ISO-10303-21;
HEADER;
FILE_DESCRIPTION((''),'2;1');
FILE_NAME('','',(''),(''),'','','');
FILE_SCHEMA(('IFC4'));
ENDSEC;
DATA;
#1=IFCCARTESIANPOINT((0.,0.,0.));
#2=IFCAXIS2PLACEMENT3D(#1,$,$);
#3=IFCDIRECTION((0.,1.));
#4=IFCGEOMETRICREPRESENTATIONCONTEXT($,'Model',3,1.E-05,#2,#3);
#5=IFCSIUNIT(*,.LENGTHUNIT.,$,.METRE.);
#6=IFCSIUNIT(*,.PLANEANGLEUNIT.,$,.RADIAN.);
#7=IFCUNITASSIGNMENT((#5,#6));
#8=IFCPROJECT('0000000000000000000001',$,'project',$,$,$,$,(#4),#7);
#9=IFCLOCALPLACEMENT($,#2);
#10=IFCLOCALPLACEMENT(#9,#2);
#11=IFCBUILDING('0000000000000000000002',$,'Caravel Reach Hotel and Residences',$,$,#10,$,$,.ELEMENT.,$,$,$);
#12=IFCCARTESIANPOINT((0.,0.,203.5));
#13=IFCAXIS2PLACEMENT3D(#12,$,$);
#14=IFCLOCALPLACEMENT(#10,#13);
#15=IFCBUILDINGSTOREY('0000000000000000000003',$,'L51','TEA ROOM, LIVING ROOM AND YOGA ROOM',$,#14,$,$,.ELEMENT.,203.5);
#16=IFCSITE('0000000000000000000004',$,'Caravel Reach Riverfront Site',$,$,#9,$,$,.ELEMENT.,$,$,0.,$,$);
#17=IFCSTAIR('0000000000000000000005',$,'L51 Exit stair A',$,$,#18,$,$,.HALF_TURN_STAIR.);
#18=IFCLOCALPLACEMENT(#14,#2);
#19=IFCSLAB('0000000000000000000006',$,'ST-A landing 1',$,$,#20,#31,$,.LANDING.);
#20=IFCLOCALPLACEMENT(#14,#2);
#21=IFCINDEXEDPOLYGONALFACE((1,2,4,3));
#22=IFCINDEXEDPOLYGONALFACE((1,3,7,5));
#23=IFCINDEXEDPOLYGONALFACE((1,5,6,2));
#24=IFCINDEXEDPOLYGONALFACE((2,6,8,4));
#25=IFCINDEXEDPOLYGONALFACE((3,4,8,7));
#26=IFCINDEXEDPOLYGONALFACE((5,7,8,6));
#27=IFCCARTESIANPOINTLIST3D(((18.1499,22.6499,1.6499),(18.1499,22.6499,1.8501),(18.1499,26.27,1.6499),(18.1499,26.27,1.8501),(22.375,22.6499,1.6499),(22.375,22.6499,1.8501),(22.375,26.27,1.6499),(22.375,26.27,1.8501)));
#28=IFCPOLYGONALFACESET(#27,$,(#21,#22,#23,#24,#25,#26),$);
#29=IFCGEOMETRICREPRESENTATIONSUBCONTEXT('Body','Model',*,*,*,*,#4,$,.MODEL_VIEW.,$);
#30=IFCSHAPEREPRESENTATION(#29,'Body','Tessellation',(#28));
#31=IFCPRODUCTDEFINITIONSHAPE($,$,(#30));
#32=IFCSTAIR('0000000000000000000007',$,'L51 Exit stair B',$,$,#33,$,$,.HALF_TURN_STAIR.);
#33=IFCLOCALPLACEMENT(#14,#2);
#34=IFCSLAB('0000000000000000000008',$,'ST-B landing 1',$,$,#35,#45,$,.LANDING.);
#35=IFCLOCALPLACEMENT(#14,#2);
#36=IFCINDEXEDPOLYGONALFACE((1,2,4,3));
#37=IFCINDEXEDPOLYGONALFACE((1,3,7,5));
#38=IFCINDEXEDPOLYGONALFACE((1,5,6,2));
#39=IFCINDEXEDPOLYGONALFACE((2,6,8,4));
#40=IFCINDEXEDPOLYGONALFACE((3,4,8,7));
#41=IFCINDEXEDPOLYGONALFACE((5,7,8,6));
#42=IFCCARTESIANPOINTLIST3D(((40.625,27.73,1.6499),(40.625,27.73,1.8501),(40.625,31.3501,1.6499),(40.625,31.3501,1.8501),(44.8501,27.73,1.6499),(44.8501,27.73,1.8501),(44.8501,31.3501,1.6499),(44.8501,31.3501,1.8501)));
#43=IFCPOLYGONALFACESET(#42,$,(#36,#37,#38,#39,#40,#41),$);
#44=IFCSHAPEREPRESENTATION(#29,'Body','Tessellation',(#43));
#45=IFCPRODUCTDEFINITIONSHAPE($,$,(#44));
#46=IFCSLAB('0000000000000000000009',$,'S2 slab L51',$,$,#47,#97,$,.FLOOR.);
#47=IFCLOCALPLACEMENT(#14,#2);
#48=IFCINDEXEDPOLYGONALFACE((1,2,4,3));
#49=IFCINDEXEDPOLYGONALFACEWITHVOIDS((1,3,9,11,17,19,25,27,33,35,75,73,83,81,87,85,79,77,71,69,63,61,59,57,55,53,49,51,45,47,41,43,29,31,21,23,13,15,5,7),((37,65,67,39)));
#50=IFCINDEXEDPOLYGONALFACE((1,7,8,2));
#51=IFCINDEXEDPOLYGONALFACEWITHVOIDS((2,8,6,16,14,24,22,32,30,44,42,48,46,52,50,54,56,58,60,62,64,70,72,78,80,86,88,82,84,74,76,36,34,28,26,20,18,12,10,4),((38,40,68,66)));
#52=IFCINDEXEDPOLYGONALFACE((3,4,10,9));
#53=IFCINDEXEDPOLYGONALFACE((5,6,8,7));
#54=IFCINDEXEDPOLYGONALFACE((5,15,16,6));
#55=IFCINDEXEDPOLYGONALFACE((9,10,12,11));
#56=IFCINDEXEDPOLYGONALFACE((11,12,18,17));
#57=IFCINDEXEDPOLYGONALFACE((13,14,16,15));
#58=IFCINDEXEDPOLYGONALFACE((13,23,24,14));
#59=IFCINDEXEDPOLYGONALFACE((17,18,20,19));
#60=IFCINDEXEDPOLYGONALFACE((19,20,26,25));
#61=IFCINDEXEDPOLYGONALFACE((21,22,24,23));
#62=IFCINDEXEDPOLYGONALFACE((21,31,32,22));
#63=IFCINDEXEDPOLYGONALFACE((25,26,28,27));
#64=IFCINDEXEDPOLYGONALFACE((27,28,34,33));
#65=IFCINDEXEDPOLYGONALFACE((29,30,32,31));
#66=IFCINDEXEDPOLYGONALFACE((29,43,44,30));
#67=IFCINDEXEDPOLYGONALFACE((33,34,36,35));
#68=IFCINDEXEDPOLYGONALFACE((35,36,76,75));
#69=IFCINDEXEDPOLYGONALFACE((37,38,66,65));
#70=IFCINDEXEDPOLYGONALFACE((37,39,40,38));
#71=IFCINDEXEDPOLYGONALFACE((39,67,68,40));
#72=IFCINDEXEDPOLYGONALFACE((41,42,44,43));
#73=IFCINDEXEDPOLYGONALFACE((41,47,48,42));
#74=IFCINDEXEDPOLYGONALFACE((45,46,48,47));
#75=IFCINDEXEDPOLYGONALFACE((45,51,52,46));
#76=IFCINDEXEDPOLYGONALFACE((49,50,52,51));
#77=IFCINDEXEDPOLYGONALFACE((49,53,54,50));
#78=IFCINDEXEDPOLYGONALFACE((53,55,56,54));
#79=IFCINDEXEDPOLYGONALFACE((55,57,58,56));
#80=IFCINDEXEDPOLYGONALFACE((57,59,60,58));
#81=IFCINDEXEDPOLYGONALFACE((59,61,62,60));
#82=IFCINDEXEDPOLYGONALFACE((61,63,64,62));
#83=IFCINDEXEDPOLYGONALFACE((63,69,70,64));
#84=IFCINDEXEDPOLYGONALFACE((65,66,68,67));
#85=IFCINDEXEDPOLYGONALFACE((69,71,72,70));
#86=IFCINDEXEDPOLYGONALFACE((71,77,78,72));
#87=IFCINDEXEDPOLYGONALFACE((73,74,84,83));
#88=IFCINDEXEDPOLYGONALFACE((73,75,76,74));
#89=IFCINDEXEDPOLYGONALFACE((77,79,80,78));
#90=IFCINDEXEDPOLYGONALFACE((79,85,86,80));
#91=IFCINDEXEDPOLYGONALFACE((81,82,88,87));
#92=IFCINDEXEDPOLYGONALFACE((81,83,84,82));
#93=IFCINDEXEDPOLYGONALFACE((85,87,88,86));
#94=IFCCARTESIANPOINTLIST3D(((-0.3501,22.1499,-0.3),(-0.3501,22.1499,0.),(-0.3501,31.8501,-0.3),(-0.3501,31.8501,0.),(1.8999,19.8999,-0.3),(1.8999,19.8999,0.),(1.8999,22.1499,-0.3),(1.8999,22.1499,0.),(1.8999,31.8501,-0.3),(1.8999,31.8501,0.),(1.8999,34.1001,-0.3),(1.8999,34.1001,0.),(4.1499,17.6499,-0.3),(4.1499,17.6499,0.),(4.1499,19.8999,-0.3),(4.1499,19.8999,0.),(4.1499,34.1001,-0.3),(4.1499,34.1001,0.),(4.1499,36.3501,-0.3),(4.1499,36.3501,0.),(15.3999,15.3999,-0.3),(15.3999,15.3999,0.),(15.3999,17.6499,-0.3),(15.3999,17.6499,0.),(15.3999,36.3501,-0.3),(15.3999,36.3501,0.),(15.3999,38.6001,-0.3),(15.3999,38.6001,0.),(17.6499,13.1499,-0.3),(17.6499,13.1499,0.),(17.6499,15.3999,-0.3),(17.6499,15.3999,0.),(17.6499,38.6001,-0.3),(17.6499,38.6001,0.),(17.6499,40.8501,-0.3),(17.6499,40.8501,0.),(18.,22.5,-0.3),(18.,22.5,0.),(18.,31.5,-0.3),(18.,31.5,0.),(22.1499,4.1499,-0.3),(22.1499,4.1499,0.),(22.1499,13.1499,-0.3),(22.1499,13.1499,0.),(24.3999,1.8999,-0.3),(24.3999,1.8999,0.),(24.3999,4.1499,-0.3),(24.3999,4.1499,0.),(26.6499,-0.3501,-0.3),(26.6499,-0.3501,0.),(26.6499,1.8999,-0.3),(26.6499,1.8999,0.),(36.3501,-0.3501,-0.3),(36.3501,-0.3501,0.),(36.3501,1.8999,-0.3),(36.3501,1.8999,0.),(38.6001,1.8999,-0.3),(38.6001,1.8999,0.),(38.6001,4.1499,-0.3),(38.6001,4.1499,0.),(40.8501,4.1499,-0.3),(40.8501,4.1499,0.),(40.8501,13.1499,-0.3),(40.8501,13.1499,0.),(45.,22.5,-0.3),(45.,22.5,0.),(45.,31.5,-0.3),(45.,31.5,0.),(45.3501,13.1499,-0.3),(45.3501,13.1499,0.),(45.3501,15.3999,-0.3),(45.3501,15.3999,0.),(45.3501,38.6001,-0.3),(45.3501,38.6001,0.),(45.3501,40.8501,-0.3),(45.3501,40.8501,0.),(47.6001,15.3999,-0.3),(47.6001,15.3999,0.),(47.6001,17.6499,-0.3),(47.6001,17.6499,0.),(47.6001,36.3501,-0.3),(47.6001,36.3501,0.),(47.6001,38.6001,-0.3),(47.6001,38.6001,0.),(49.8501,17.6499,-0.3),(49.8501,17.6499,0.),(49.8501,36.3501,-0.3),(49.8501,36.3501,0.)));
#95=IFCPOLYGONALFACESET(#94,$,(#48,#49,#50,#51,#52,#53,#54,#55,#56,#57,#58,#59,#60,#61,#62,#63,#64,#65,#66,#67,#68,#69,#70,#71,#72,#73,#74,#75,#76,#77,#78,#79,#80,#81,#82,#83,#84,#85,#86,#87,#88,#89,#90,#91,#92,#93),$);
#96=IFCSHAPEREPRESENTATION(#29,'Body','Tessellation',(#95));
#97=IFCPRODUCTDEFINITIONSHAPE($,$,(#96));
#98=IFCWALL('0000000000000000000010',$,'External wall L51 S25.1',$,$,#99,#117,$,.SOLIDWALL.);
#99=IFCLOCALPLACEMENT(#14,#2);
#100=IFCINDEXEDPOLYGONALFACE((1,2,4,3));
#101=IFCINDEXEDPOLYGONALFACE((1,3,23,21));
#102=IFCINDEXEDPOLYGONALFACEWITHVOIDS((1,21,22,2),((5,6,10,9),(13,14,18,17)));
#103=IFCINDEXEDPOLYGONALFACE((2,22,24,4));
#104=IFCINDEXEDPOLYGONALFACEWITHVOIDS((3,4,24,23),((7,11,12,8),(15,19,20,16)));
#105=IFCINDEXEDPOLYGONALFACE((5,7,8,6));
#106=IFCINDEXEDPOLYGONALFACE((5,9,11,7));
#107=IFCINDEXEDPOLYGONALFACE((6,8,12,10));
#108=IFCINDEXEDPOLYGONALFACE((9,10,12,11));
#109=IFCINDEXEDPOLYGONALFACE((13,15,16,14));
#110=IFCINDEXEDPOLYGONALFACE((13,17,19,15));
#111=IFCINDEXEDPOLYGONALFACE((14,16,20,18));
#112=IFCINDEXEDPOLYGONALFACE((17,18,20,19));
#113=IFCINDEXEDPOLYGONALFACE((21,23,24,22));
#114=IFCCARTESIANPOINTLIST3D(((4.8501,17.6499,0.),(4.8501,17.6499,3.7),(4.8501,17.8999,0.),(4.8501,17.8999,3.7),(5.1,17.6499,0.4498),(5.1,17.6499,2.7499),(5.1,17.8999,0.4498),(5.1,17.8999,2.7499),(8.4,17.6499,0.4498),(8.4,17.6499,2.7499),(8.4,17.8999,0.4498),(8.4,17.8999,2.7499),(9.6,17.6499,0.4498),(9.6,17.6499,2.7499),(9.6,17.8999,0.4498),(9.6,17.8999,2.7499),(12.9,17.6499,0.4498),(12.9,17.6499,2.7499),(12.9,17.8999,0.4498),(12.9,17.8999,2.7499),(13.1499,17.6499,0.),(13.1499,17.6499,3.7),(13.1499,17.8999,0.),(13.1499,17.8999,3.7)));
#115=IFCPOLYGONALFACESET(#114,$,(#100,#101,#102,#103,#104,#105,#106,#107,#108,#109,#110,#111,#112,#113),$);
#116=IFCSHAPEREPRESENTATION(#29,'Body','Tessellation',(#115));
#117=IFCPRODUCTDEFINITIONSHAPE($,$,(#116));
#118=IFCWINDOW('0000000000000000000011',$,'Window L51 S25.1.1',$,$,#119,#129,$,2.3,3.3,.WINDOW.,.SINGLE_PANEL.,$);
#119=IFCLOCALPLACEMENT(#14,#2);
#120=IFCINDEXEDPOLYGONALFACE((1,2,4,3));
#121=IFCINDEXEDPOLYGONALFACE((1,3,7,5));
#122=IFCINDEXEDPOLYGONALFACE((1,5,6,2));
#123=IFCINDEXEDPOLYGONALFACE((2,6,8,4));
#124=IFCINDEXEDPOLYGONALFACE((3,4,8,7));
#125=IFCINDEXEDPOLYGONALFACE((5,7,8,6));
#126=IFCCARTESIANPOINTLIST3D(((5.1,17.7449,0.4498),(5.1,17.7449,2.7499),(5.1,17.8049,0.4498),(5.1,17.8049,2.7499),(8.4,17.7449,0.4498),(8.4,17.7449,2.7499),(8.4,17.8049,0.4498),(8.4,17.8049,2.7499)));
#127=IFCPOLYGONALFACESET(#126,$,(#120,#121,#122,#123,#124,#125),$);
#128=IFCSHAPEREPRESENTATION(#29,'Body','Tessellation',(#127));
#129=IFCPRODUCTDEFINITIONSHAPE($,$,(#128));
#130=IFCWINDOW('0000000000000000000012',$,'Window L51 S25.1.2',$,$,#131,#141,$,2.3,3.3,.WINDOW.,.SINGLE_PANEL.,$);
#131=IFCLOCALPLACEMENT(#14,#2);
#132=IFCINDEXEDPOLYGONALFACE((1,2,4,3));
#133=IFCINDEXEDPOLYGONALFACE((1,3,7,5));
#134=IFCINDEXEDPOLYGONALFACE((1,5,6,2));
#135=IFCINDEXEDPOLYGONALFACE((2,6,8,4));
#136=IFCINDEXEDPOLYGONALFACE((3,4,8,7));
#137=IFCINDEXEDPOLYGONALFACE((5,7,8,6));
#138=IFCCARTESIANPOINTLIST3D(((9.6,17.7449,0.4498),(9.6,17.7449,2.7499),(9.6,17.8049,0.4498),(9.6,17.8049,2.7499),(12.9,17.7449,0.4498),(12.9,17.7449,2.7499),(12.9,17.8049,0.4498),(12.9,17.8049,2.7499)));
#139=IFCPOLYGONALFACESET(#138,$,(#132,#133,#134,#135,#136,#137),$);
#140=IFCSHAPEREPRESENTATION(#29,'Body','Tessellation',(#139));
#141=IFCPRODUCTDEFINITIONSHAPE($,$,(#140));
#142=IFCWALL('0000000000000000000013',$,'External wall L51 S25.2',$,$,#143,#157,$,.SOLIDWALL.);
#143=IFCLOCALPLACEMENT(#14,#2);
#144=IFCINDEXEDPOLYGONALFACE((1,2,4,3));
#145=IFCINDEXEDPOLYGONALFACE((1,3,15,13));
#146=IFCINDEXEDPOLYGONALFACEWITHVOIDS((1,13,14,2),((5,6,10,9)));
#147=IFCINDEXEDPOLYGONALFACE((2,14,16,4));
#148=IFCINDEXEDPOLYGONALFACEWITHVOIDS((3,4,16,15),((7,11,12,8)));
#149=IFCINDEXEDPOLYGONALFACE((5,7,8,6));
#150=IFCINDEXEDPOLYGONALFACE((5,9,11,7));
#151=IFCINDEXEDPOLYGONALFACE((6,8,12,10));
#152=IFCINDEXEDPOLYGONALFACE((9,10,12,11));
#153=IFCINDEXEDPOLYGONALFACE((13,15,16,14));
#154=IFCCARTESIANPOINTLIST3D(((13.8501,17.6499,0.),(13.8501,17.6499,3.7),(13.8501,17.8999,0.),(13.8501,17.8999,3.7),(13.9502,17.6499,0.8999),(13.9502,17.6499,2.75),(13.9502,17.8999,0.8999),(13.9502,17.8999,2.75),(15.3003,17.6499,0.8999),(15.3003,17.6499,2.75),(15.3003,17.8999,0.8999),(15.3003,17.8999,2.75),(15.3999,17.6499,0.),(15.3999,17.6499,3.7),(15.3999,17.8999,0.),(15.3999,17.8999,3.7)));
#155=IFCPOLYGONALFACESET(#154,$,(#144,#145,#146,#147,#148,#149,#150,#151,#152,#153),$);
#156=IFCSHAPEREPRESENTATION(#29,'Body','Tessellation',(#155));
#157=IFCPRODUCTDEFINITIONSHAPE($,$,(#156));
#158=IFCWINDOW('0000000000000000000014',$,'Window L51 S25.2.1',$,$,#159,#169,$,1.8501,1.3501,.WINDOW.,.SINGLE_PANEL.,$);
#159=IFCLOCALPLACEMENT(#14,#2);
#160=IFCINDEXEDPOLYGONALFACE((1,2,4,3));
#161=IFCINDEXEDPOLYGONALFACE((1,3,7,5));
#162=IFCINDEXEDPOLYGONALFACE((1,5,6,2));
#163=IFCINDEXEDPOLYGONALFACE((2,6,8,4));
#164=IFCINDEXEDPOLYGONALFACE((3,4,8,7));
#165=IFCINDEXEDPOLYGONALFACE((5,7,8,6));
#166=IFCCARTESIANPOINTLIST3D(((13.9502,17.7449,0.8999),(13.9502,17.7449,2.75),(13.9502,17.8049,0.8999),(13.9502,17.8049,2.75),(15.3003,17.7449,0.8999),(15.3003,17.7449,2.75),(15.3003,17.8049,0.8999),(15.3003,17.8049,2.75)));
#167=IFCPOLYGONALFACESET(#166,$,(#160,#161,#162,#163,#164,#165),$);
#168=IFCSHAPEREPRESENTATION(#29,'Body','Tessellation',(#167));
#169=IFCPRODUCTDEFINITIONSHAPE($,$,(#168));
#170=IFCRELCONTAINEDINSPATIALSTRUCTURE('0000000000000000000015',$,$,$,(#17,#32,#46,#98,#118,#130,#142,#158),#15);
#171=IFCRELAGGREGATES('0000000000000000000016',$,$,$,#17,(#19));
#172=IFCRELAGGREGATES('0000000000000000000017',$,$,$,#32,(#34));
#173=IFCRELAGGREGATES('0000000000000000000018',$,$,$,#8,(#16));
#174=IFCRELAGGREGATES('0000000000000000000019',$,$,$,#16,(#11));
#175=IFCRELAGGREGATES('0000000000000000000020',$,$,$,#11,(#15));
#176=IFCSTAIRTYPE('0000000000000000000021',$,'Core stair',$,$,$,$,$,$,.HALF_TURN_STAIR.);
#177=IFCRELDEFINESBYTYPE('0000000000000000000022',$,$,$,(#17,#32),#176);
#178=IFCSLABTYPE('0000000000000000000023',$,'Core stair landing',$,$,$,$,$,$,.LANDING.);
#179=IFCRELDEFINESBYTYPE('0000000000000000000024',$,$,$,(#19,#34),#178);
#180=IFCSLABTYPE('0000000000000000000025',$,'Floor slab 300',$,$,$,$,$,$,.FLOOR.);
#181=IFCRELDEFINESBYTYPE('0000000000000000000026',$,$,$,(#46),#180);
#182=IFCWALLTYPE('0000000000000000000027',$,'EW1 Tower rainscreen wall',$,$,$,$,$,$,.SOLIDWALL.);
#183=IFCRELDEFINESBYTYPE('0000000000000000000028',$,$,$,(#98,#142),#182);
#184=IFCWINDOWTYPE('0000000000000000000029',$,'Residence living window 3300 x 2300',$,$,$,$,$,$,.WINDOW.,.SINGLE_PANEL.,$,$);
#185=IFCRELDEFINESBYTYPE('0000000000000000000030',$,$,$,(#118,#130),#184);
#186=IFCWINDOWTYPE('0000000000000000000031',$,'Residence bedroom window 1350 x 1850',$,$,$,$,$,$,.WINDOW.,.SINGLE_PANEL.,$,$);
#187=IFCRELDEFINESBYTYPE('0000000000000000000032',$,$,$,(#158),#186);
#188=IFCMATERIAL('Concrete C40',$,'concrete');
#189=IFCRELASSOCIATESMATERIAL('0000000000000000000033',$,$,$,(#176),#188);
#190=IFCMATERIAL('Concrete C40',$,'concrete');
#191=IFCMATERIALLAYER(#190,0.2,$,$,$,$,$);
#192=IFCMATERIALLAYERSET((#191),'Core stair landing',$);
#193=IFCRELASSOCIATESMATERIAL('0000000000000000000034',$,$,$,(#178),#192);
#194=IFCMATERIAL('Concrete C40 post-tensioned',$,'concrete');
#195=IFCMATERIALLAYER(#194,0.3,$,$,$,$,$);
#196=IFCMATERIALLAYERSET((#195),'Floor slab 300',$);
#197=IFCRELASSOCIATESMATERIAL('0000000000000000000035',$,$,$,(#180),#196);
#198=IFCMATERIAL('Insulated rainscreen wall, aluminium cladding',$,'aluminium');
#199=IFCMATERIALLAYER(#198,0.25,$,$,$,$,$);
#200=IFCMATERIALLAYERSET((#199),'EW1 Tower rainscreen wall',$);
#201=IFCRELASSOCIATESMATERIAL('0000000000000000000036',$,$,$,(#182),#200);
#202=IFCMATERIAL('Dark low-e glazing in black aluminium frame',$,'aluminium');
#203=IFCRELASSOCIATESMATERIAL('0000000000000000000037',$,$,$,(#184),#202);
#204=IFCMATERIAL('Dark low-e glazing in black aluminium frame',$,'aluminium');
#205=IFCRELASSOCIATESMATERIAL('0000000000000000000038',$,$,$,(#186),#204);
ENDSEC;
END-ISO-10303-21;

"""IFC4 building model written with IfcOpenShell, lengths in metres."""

from ifc_helpers import new_model, si_unit, direction, frame, frame_2d, origin, place, context, subcontext, project, spatial, polyline, rectangle, outline, extrude, material, layer, layer_set, type_object, element, fill, aggregate, save


model = new_model("IFC4")

# Units and contexts
model_context = context("Model", 3, precision=1e-05, world=origin(), true_north=direction((0.0, 1.0)))
body_context = subcontext(model_context, "Body", "Model", "MODEL_VIEW")
ifc_project = project(units=[si_unit("LENGTHUNIT", "METRE"), si_unit("PLANEANGLEUNIT", "RADIAN")], contexts=[model_context])

# Site, building, storey
site_placement = place(None, origin())
site = spatial("IfcSite", under=ifc_project, at=site_placement, Name="Caravel Reach Riverfront Site", CompositionType="ELEMENT", RefElevation=0.0)
building_placement = place(site_placement, origin())
building = spatial("IfcBuilding", under=site, at=building_placement, Name="Caravel Reach Hotel and Residences", CompositionType="ELEMENT")
storey_placement = place(building_placement, frame((0.0, 0.0, 203.5)))
storey = spatial("IfcBuildingStorey", under=building, at=storey_placement, Name="L51", Description="TEA ROOM, LIVING ROOM AND YOGA ROOM", CompositionType="ELEMENT", Elevation=203.5)

# Stairs, slabs
ifc_material_1 = material(Name="Concrete C40", Category="concrete")
stair_type = type_object("IfcStairType", Name="Core stair", PredefinedType="HALF_TURN_STAIR", material=ifc_material_1)
stair_1_placement = place(storey_placement, origin())
stair_1 = element("IfcStair", 1, at=stair_1_placement, inside=storey, type_object=stair_type, Name="L51 Exit stair A", PredefinedType="HALF_TURN_STAIR")
ifc_material_2 = material(Name="Concrete C40", Category="concrete")
ifc_layer_1 = layer(ifc_material_2, 0.2)
ifc_layer_set_1 = layer_set([ifc_layer_1], Name="Core stair landing")
slab_type_1 = type_object("IfcSlabType", Name="Core stair landing", PredefinedType="LANDING", material=ifc_layer_set_1)
slab_1_placement = place(storey_placement, frame((0.0, 0.0, 1.6499)))
slab_1 = element("IfcSlab", 2, at=slab_1_placement, type_object=slab_type_1, Name="ST-A landing 1", PredefinedType="LANDING", context=body_context, shape_type="SweptSolid", body=[
    extrude(outline(polyline([(18.1499, 26.27), (18.1499, 22.6499), (22.375, 22.6499), (22.375, 26.27), (18.1499, 26.27)])), origin(), (0.0, 0.0, 1.0), 0.2002),
])
aggregate(stair_1, [slab_1])
stair_2_placement = place(storey_placement, origin())
stair_2 = element("IfcStair", 3, at=stair_2_placement, inside=storey, type_object=stair_type, Name="L51 Exit stair B", PredefinedType="HALF_TURN_STAIR")
slab_2_placement = place(storey_placement, frame((0.0, 0.0, 1.6499)))
slab_2 = element("IfcSlab", 4, at=slab_2_placement, type_object=slab_type_1, Name="ST-B landing 1", PredefinedType="LANDING", context=body_context, shape_type="SweptSolid", body=[
    extrude(outline(polyline([(44.8501, 27.73), (44.8501, 31.3501), (40.625, 31.3501), (40.625, 27.73), (44.8501, 27.73)])), origin(), (0.0, 0.0, 1.0), 0.2002),
])
aggregate(stair_2, [slab_2])

# Slab
ifc_material_3 = material(Name="Concrete C40 post-tensioned", Category="concrete")
ifc_layer_2 = layer(ifc_material_3, 0.3)
ifc_layer_set_2 = layer_set([ifc_layer_2], Name="Floor slab 300")
slab_type_2 = type_object("IfcSlabType", Name="Floor slab 300", PredefinedType="FLOOR", material=ifc_layer_set_2)
slab_3_placement = place(storey_placement, frame((0.0, 0.0, -0.3)))
element("IfcSlab", 5, at=slab_3_placement, inside=storey, type_object=slab_type_2, Name="S2 slab L51", PredefinedType="FLOOR", context=body_context, shape_type="SweptSolid", body=[
    extrude(outline(polyline([(38.6001, 4.1499), (38.6001, 1.8999), (36.3501, 1.8999), (36.3501, -0.3501), (26.6499, -0.3501), (26.6499, 1.8999), (24.3999, 1.8999), (24.3999, 4.1499), (22.1499, 4.1499), (22.1499, 13.1499), (17.6499, 13.1499), (17.6499, 15.3999), (15.3999, 15.3999), (15.3999, 17.6499), (4.1499, 17.6499), (4.1499, 19.8999), (1.8999, 19.8999), (1.8999, 22.1499), (-0.3501, 22.1499), (-0.3501, 31.8501), (1.8999, 31.8501), (1.8999, 34.1001), (4.1499, 34.1001), (4.1499, 36.3501), (15.3999, 36.3501), (15.3999, 38.6001), (17.6499, 38.6001), (17.6499, 40.8501), (45.3501, 40.8501), (45.3501, 38.6001), (47.6001, 38.6001), (47.6001, 36.3501), (49.8501, 36.3501), (49.8501, 17.6499), (47.6001, 17.6499), (47.6001, 15.3999), (45.3501, 15.3999), (45.3501, 13.1499), (40.8501, 13.1499), (40.8501, 4.1499), (38.6001, 4.1499)]), holes=[polyline([(45.0, 31.5), (18.0, 31.5), (18.0, 22.5), (45.0, 22.5), (45.0, 31.5)])]), origin(), (0.0, 0.0, 1.0), 0.3),
])

# Wall, openings, windows
ifc_material_4 = material(Name="Insulated rainscreen wall, aluminium cladding", Category="aluminium")
ifc_layer_3 = layer(ifc_material_4, 0.25)
ifc_layer_set_3 = layer_set([ifc_layer_3], Name="EW1 Tower rainscreen wall")
wall_type_1 = type_object("IfcWallType", Name="EW1 Tower rainscreen wall", PredefinedType="SOLIDWALL", material=ifc_layer_set_3)
wall_1_placement = place(storey_placement, frame((4.8501, 17.7749, 0.0), z_axis=(0.0, 0.0, 1.0), x_axis=(1.0, 0.0, 0.0)))
wall_1 = element("IfcWall", 6, at=wall_1_placement, inside=storey, type_object=wall_type_1, Name="External wall L51 S25.1", PredefinedType="SOLIDWALL", context=body_context, shape_type="SweptSolid", body=[
    extrude(rectangle(XDim=8.2998, YDim=0.25, at=frame_2d((4.1499, 0.0))), origin(), (0.0, 0.0, 1.0), 3.7),
])
opening_1_placement = place(wall_1_placement, frame((0.25, 0.0, 0.45)))
opening_1 = element("IfcOpeningElement", 7, at=opening_1_placement, cuts=wall_1, PredefinedType="OPENING", context=body_context, shape_type="SweptSolid", body=[
    extrude(rectangle(XDim=3.3, YDim=2.3, at=frame_2d((1.6499, 1.1499))), frame((0.0, 0.135, 0.0), z_axis=(0.0, -1.0, 0.0), x_axis=(1.0, 0.0, 0.0)), (0.0, 0.0, 1.0), 0.27),
])
opening_2_placement = place(wall_1_placement, frame((4.75, 0.0, 0.45)))
opening_2 = element("IfcOpeningElement", 8, at=opening_2_placement, cuts=wall_1, PredefinedType="OPENING", context=body_context, shape_type="SweptSolid", body=[
    extrude(rectangle(XDim=3.3, YDim=2.3, at=frame_2d((1.6499, 1.1499))), frame((0.0, 0.135, 0.0), z_axis=(0.0, -1.0, 0.0), x_axis=(1.0, 0.0, 0.0)), (0.0, 0.0, 1.0), 0.27),
])
ifc_material_5 = material(Name="Dark low-e glazing in black aluminium frame", Category="aluminium")
window_type_1 = type_object("IfcWindowType", Name="Residence living window 3300 x 2300", PartitioningType="SINGLE_PANEL", PredefinedType="WINDOW", material=ifc_material_5)
window_1_placement = place(opening_1_placement, origin())
window_1 = element("IfcWindow", 9, at=window_1_placement, inside=storey, type_object=window_type_1, Name="Window L51 S25.1.1", OverallHeight=2.3, OverallWidth=3.3, PartitioningType="SINGLE_PANEL", PredefinedType="WINDOW", context=body_context, shape_type="SweptSolid", body=[
    extrude(rectangle(XDim=3.3, YDim=2.3, at=frame_2d((1.6499, 1.1499))), frame((0.0, 0.03, 0.0), z_axis=(0.0, -1.0, 0.0), x_axis=(1.0, 0.0, 0.0)), (0.0, 0.0, 1.0), 0.0601),
])
fill(opening_1, window_1)
window_2_placement = place(opening_2_placement, origin())
window_2 = element("IfcWindow", 10, at=window_2_placement, inside=storey, type_object=window_type_1, Name="Window L51 S25.1.2", OverallHeight=2.3, OverallWidth=3.3, PartitioningType="SINGLE_PANEL", PredefinedType="WINDOW", context=body_context, shape_type="SweptSolid", body=[
    extrude(rectangle(XDim=3.3, YDim=2.3, at=frame_2d((1.6499, 1.1499))), frame((0.0, 0.03, 0.0), z_axis=(0.0, -1.0, 0.0), x_axis=(1.0, 0.0, 0.0)), (0.0, 0.0, 1.0), 0.0601),
])
fill(opening_2, window_2)

# Wall, opening, window
wall_2_placement = place(storey_placement, frame((13.8501, 17.7749, 0.0), z_axis=(0.0, 0.0, 1.0), x_axis=(1.0, 0.0, 0.0)))
wall_2 = element("IfcWall", 11, at=wall_2_placement, inside=storey, type_object=wall_type_1, Name="External wall L51 S25.2", PredefinedType="SOLIDWALL", context=body_context, shape_type="SweptSolid", body=[
    extrude(rectangle(XDim=1.5498, YDim=0.25, at=frame_2d((0.7749, 0.0))), origin(), (0.0, 0.0, 1.0), 3.7),
])
opening_3_placement = place(wall_2_placement, frame((0.1001, 0.0, 0.8999)))
opening_3 = element("IfcOpeningElement", 12, at=opening_3_placement, cuts=wall_2, PredefinedType="OPENING", context=body_context, shape_type="SweptSolid", body=[
    extrude(rectangle(XDim=1.3501, YDim=1.8501, at=frame_2d((0.675, 0.925))), frame((0.0, 0.135, 0.0), z_axis=(0.0, -1.0, 0.0), x_axis=(1.0, 0.0, 0.0)), (0.0, 0.0, 1.0), 0.27),
])
ifc_material_6 = material(Name="Dark low-e glazing in black aluminium frame", Category="aluminium")
window_type_2 = type_object("IfcWindowType", Name="Residence bedroom window 1350 x 1850", PartitioningType="SINGLE_PANEL", PredefinedType="WINDOW", material=ifc_material_6)
window_3_placement = place(opening_3_placement, origin())
window_3 = element("IfcWindow", 13, at=window_3_placement, inside=storey, type_object=window_type_2, Name="Window L51 S25.2.1", OverallHeight=1.8501, OverallWidth=1.3501, PartitioningType="SINGLE_PANEL", PredefinedType="WINDOW", context=body_context, shape_type="SweptSolid", body=[
    extrude(rectangle(XDim=1.3501, YDim=1.8501, at=frame_2d((0.675, 0.925))), frame((0.0, 0.03, 0.0), z_axis=(0.0, -1.0, 0.0), x_axis=(1.0, 0.0, 0.0)), (0.0, 0.0, 1.0), 0.0601),
])
fill(opening_3, window_3)

save(model, "model.ifc")
